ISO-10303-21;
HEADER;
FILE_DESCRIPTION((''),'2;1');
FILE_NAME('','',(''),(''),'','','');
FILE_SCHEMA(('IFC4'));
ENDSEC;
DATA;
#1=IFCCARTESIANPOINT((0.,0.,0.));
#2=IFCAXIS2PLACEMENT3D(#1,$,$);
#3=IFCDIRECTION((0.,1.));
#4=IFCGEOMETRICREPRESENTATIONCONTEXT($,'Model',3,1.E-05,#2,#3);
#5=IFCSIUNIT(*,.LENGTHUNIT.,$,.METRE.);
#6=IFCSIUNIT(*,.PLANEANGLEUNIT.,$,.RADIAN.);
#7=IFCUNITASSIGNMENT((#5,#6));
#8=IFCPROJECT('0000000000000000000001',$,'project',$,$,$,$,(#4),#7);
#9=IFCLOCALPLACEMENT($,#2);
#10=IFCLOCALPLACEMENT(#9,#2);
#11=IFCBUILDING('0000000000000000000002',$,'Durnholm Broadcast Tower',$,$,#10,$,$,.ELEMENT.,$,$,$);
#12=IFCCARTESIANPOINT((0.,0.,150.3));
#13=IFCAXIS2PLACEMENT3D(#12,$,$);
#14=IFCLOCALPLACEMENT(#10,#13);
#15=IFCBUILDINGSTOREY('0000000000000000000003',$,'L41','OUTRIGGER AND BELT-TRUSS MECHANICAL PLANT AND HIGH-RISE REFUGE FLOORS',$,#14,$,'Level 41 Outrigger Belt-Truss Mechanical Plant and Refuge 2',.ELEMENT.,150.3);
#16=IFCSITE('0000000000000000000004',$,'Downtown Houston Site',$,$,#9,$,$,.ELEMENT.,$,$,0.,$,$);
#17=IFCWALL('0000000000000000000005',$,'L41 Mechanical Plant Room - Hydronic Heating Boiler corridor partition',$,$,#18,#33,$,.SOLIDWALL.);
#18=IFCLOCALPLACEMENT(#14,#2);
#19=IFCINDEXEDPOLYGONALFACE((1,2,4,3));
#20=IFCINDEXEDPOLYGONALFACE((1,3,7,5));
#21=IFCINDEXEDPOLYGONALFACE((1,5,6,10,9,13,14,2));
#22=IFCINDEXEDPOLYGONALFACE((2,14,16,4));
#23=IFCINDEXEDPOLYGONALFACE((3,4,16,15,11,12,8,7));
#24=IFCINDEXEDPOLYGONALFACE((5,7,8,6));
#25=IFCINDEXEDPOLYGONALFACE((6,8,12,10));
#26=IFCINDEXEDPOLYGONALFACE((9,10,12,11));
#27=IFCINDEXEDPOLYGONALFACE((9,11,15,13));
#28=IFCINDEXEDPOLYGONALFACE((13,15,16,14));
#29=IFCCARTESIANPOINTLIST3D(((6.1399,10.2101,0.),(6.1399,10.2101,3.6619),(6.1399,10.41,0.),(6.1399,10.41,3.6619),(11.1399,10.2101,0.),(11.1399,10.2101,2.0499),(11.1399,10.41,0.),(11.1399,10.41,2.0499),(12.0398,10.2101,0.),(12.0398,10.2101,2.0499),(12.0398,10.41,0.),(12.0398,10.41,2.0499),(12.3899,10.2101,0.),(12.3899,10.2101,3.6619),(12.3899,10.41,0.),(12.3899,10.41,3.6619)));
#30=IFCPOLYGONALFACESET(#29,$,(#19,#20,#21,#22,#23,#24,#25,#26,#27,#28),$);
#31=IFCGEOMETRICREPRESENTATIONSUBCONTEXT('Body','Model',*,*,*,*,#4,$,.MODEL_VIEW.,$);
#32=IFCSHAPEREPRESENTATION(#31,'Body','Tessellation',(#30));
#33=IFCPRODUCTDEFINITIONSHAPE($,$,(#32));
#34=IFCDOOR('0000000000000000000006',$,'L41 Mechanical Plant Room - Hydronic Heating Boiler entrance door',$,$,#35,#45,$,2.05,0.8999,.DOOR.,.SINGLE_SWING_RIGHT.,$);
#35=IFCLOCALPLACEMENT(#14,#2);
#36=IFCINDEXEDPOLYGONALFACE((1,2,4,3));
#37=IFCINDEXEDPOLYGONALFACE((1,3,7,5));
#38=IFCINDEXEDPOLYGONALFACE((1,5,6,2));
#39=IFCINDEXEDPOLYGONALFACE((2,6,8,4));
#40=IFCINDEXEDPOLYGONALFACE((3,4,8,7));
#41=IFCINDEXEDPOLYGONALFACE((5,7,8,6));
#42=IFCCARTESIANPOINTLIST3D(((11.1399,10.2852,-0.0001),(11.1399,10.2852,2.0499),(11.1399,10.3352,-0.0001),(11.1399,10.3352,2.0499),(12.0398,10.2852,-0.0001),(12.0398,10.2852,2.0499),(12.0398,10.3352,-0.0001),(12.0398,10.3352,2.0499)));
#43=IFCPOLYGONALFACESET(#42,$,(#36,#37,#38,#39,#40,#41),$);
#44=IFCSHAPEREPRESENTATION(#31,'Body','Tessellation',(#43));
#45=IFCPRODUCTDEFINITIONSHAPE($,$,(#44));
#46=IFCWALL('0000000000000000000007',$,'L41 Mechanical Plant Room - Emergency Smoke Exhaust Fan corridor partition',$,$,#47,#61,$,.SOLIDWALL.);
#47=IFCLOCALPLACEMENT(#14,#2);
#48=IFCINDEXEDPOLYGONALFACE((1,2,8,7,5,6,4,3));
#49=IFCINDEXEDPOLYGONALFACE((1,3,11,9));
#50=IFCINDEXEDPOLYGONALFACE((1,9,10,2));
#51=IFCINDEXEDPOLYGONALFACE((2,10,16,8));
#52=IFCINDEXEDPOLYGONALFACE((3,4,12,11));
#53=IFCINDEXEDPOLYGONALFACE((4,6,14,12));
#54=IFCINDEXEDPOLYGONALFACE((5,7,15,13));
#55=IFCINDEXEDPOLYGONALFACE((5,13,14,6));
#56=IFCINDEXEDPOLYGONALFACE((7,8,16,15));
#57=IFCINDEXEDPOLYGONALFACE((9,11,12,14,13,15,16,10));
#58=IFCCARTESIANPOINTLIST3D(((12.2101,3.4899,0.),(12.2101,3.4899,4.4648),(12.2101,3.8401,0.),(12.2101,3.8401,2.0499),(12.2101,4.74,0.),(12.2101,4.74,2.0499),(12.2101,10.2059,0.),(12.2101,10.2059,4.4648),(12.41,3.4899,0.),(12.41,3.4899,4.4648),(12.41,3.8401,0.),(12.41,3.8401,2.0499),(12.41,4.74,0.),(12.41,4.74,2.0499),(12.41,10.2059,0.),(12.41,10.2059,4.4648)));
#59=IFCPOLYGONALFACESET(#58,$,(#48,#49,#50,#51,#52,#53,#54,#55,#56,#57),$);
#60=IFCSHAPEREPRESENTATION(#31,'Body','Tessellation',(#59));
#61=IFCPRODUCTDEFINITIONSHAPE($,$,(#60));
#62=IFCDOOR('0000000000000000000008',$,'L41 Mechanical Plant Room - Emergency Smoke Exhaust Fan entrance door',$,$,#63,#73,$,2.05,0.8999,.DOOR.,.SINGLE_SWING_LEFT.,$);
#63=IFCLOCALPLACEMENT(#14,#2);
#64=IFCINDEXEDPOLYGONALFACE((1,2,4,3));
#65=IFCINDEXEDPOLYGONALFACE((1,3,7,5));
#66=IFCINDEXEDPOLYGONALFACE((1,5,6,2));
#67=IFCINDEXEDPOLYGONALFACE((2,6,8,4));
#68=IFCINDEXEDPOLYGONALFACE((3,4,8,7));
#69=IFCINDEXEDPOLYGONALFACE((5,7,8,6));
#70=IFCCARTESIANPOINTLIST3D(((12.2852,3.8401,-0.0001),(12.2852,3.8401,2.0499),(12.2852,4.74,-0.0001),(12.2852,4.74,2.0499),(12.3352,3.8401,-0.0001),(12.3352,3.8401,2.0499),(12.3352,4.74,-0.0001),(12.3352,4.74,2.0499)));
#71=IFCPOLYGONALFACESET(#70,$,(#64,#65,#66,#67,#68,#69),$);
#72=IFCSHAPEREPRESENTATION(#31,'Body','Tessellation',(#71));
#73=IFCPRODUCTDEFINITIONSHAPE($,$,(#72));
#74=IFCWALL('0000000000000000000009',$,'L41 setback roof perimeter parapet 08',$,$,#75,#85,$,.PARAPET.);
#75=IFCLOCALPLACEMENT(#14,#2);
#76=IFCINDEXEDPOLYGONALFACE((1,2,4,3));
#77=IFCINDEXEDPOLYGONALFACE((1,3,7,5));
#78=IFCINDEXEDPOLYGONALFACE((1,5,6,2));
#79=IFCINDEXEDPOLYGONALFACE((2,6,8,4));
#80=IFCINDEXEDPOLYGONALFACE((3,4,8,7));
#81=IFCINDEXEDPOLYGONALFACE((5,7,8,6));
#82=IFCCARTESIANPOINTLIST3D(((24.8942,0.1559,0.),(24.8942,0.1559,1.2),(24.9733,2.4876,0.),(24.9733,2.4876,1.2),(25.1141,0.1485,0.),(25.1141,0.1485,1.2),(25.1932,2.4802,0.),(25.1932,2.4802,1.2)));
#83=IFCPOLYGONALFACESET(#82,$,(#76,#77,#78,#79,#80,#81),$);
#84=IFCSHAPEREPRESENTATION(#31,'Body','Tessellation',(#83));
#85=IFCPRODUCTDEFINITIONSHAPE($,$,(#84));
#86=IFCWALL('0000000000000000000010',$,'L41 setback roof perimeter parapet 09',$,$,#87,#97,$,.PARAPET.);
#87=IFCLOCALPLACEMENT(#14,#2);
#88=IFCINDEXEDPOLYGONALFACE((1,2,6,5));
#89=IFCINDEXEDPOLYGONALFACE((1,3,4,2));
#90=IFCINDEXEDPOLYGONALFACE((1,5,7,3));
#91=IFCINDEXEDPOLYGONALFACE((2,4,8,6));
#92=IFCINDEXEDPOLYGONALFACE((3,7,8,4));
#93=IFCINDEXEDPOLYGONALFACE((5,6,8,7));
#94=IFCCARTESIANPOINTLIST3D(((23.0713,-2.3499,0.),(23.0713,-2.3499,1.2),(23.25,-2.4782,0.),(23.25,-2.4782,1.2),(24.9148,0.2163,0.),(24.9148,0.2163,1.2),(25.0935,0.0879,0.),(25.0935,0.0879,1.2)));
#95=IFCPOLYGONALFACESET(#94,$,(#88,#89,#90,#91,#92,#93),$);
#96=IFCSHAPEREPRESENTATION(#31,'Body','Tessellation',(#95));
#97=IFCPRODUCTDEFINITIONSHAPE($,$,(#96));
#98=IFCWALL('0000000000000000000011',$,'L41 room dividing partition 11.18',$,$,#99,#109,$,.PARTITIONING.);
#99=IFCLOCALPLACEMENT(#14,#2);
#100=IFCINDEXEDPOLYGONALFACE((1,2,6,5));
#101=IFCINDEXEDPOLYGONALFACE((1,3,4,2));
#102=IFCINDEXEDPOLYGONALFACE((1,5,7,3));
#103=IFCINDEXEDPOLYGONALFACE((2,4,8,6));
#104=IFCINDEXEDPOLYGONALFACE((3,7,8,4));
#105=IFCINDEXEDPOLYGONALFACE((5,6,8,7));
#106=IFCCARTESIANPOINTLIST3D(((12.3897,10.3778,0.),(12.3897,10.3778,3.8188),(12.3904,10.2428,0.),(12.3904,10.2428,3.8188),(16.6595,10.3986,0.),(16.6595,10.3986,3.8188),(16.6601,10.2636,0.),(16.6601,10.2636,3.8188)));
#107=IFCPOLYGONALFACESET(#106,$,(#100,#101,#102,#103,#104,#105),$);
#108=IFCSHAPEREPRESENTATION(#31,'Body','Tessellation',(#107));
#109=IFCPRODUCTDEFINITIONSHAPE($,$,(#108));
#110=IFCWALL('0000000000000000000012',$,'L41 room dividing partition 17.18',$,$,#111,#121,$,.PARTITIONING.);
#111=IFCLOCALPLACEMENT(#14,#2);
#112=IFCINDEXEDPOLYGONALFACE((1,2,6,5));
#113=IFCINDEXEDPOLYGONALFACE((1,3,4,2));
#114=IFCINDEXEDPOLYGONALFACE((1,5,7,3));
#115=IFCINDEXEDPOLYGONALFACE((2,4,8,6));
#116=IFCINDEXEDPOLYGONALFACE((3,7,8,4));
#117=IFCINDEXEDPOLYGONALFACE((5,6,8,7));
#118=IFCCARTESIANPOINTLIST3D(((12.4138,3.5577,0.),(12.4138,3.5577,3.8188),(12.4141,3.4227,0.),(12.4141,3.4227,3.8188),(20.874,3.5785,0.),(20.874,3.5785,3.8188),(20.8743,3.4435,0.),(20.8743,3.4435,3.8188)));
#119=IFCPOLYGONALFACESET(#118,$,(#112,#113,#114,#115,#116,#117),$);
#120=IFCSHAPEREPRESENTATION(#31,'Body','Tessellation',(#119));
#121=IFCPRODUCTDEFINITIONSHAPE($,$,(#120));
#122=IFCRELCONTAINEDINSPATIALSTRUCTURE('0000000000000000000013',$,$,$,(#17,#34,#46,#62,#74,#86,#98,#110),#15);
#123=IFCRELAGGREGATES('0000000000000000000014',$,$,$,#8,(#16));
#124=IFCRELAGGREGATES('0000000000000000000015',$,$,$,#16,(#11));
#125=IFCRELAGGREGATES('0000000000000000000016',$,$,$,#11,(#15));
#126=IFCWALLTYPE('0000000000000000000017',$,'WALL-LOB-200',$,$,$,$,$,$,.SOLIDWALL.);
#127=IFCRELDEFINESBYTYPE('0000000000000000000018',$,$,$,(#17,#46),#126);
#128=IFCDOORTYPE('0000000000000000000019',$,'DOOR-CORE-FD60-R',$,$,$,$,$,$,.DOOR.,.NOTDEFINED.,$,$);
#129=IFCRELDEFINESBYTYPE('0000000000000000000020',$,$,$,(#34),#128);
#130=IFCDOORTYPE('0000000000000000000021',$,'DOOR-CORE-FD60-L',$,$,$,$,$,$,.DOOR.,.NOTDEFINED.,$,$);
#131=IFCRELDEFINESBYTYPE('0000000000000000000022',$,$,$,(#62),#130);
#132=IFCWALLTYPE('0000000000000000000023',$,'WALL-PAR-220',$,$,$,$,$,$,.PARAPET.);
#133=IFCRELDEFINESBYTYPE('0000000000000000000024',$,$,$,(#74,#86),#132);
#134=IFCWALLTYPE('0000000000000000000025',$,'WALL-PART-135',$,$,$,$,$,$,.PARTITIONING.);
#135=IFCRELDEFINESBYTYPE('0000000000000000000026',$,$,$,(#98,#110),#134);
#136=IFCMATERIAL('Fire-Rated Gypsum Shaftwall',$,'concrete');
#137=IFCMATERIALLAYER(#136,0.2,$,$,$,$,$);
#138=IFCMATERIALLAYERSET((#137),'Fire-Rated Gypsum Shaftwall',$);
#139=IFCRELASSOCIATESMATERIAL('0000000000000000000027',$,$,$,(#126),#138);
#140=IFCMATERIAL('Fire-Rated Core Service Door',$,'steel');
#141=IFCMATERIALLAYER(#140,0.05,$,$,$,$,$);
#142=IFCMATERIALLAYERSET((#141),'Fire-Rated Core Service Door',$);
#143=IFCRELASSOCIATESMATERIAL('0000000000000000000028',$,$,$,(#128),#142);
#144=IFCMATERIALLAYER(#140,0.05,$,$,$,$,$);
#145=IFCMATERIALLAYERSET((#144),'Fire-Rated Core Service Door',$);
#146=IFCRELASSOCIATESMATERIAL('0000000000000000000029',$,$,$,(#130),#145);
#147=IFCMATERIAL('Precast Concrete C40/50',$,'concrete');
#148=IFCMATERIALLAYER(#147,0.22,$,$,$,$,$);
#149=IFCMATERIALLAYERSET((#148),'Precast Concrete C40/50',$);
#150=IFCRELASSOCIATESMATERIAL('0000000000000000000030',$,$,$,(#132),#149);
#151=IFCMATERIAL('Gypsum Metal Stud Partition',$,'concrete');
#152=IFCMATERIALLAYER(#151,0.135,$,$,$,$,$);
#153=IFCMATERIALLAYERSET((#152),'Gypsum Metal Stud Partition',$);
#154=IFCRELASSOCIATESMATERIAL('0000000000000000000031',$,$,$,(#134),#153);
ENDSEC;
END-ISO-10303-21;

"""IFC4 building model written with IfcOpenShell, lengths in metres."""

from ifc_helpers import new_model, si_unit, direction, frame, frame_2d, origin, place, context, subcontext, project, spatial, rectangle, extrude, source, transform, mapped, material, layer, layer_set, type_object, type_shapes, element, fill, save


model = new_model("IFC4")

# Units and contexts
model_context = context("Model", 3, precision=1e-05, world=origin(), true_north=direction((0.0, 1.0)))
body_context = subcontext(model_context, "Body", "Model", "MODEL_VIEW")
ifc_project = project(units=[si_unit("LENGTHUNIT", "METRE"), si_unit("PLANEANGLEUNIT", "RADIAN")], contexts=[model_context])

# Site, building, storey
site_placement = place(None, origin())
site = spatial("IfcSite", under=ifc_project, at=site_placement, Name="Downtown Houston Site", CompositionType="ELEMENT", RefElevation=0.0)
building_placement = place(site_placement, origin())
building = spatial("IfcBuilding", under=site, at=building_placement, Name="Durnholm Broadcast Tower", CompositionType="ELEMENT")
storey_placement = place(building_placement, frame((0.0, 0.0, 150.3)))
storey = spatial("IfcBuildingStorey", under=building, at=storey_placement, Name="L41", Description="OUTRIGGER AND BELT-TRUSS MECHANICAL PLANT AND HIGH-RISE REFUGE FLOORS", LongName="Level 41 Outrigger Belt-Truss Mechanical Plant and Refuge 2", CompositionType="ELEMENT", Elevation=150.3)

# Walls, openings, doors
ifc_material_1 = material(Name="Fire-Rated Gypsum Shaftwall", Category="concrete")
ifc_layer_1 = layer(ifc_material_1, 0.2)
ifc_layer_set_1 = layer_set([ifc_layer_1], Name="Fire-Rated Gypsum Shaftwall")
wall_type_1 = type_object("IfcWallType", Name="WALL-LOB-200", PredefinedType="SOLIDWALL", material=ifc_layer_set_1)
wall_1_placement = place(storey_placement, frame((12.3899, 10.3101, 0.0), z_axis=(0.0, 0.0, 1.0), x_axis=(-1.0, 0.0, 0.0)))
wall_1 = element("IfcWall", 1, at=wall_1_placement, inside=storey, type_object=wall_type_1, Name="L41 Mechanical Plant Room - Hydronic Heating Boiler corridor partition", PredefinedType="SOLIDWALL", context=body_context, shape_type="SweptSolid", body=[
    extrude(rectangle(XDim=6.25, YDim=0.2, at=frame_2d((3.125, 0.0))), origin(), (0.0, 0.0, 1.0), 3.6619),
])
opening_1_placement = place(wall_1_placement, frame((0.3501, 0.0, 0.0)))
opening_1 = element("IfcOpeningElement", 2, at=opening_1_placement, cuts=wall_1, PredefinedType="OPENING", context=body_context, shape_type="SweptSolid", body=[
    extrude(rectangle(XDim=0.8999, YDim=2.05, at=frame_2d((0.45, 1.0249))), frame((0.0, 0.1099, 0.0), z_axis=(0.0, -1.0, 0.0), x_axis=(1.0, 0.0, 0.0)), (0.0, 0.0, 1.0), 0.22),
])
ifc_material_2 = material(Name="Fire-Rated Core Service Door", Category="steel")
ifc_layer_2 = layer(ifc_material_2, 0.05)
ifc_layer_set_2 = layer_set([ifc_layer_2], Name="Fire-Rated Core Service Door")
door_type_1 = type_object("IfcDoorType", Name="DOOR-CORE-FD60-R", OperationType="NOTDEFINED", PredefinedType="DOOR", material=ifc_layer_set_2)
shared_shape_1 = source(origin(), body_context, "Body", "SweptSolid", [
    extrude(rectangle(XDim=0.8999, YDim=2.05, at=frame_2d((0.45, 1.0249))), frame((0.0, 0.0249, 0.0), z_axis=(0.0, -1.0, 0.0), x_axis=(1.0, 0.0, 0.0)), (0.0, 0.0, 1.0), 0.05),
])
type_shapes(door_type_1, [shared_shape_1])
door_1_placement = place(opening_1_placement, origin())
door_1 = element("IfcDoor", 3, at=door_1_placement, inside=storey, type_object=door_type_1, Name="L41 Mechanical Plant Room - Hydronic Heating Boiler entrance door", OperationType="SINGLE_SWING_RIGHT", OverallHeight=2.05, OverallWidth=0.8999, PredefinedType="DOOR", context=body_context, shape_type="MappedRepresentation", body=[
    mapped(shared_shape_1, transform((0.0, 0.0, 0.0), x_axis=(1.0, 0.0, 0.0), y_axis=(0.0, 1.0, 0.0), z_axis=(0.0, 0.0, 1.0), scale=1.0)),
])
fill(opening_1, door_1)
wall_2_placement = place(storey_placement, frame((12.3101, 3.49, 0.0), z_axis=(0.0, 0.0, 1.0), x_axis=(0.0, 1.0, 0.0)))
wall_2 = element("IfcWall", 4, at=wall_2_placement, inside=storey, type_object=wall_type_1, Name="L41 Mechanical Plant Room - Emergency Smoke Exhaust Fan corridor partition", PredefinedType="SOLIDWALL", context=body_context, shape_type="SweptSolid", body=[
    extrude(rectangle(XDim=6.7161, YDim=0.2, at=frame_2d((3.3579, 0.0))), origin(), (0.0, 0.0, 1.0), 4.4648),
])
opening_2_placement = place(wall_2_placement, frame((0.3501, 0.0, 0.0)))
opening_2 = element("IfcOpeningElement", 5, at=opening_2_placement, cuts=wall_2, PredefinedType="OPENING", context=body_context, shape_type="SweptSolid", body=[
    extrude(rectangle(XDim=0.8999, YDim=2.05, at=frame_2d((0.45, 1.0249))), frame((0.0, 0.1099, 0.0), z_axis=(0.0, -1.0, 0.0), x_axis=(1.0, 0.0, 0.0)), (0.0, 0.0, 1.0), 0.22),
])
ifc_layer_3 = layer(ifc_material_2, 0.05)
ifc_layer_set_3 = layer_set([ifc_layer_3], Name="Fire-Rated Core Service Door")
door_type_2 = type_object("IfcDoorType", Name="DOOR-CORE-FD60-L", OperationType="NOTDEFINED", PredefinedType="DOOR", material=ifc_layer_set_3)
shared_shape_2 = source(origin(), body_context, "Body", "SweptSolid", [
    extrude(rectangle(XDim=0.8999, YDim=2.05, at=frame_2d((0.45, 1.0249))), frame((0.0, 0.0249, 0.0), z_axis=(0.0, -1.0, 0.0), x_axis=(1.0, 0.0, 0.0)), (0.0, 0.0, 1.0), 0.05),
])
type_shapes(door_type_2, [shared_shape_2])
door_2_placement = place(opening_2_placement, origin())
door_2 = element("IfcDoor", 6, at=door_2_placement, inside=storey, type_object=door_type_2, Name="L41 Mechanical Plant Room - Emergency Smoke Exhaust Fan entrance door", OperationType="SINGLE_SWING_LEFT", OverallHeight=2.05, OverallWidth=0.8999, PredefinedType="DOOR", context=body_context, shape_type="MappedRepresentation", body=[
    mapped(shared_shape_2, transform((0.0, 0.0, 0.0), x_axis=(1.0, 0.0, 0.0), y_axis=(0.0, 1.0, 0.0), z_axis=(0.0, 0.0, 1.0), scale=1.0)),
])
fill(opening_2, door_2)

# Walls
ifc_material_3 = material(Name="Precast Concrete C40/50", Category="concrete")
ifc_layer_4 = layer(ifc_material_3, 0.22)
ifc_layer_set_4 = layer_set([ifc_layer_4], Name="Precast Concrete C40/50")
wall_type_2 = type_object("IfcWallType", Name="WALL-PAR-220", PredefinedType="PARAPET", material=ifc_layer_set_4)
wall_3_placement = place(storey_placement, frame((25.0833, 2.4839, 0.0), z_axis=(0.0, 0.0, 1.0), x_axis=(-0.033904, -0.999425, 0.0)))
element("IfcWall", 7, at=wall_3_placement, inside=storey, type_object=wall_type_2, Name="L41 setback roof perimeter parapet 08", PredefinedType="PARAPET", context=body_context, shape_type="SweptSolid", body=[
    extrude(rectangle(XDim=2.333, YDim=0.22, at=frame_2d((1.1665, 0.0))), origin(), (0.0, 0.0, 1.0), 1.2),
])
wall_4_placement = place(storey_placement, frame((25.0042, 0.1521, 0.0), z_axis=(0.0, 0.0, 1.0), x_axis=(-0.583443, -0.812154, 0.0)))
element("IfcWall", 8, at=wall_4_placement, inside=storey, type_object=wall_type_2, Name="L41 setback roof perimeter parapet 09", PredefinedType="PARAPET", context=body_context, shape_type="SweptSolid", body=[
    extrude(rectangle(XDim=3.1597, YDim=0.22, at=frame_2d((1.5798, 0.0))), origin(), (0.0, 0.0, 1.0), 1.2),
])
ifc_material_4 = material(Name="Gypsum Metal Stud Partition", Category="concrete")
ifc_layer_5 = layer(ifc_material_4, 0.135)
ifc_layer_set_5 = layer_set([ifc_layer_5], Name="Gypsum Metal Stud Partition")
wall_type_3 = type_object("IfcWallType", Name="WALL-PART-135", PredefinedType="PARTITIONING", material=ifc_layer_set_5)
wall_5_placement = place(storey_placement, frame((16.6597, 10.3311, 0.0), z_axis=(0.0, 0.0, 1.0), x_axis=(-0.999988, -0.00486, 0.0)))
element("IfcWall", 9, at=wall_5_placement, inside=storey, type_object=wall_type_3, Name="L41 room dividing partition 11.18", PredefinedType="PARTITIONING", context=body_context, shape_type="SweptSolid", body=[
    extrude(rectangle(XDim=4.2698, YDim=0.135, at=frame_2d((2.1348, 0.0))), origin(), (0.0, 0.0, 1.0), 3.8188),
])
wall_6_placement = place(storey_placement, frame((12.4141, 3.4902, 0.0), z_axis=(0.0, 0.0, 1.0), x_axis=(0.999997, 0.002453, 0.0)))
element("IfcWall", 10, at=wall_6_placement, inside=storey, type_object=wall_type_3, Name="L41 room dividing partition 17.18", PredefinedType="PARTITIONING", context=body_context, shape_type="SweptSolid", body=[
    extrude(rectangle(XDim=8.4602, YDim=0.135, at=frame_2d((4.23, 0.0))), origin(), (0.0, 0.0, 1.0), 3.8188),
])

save(model, "model.ifc")
